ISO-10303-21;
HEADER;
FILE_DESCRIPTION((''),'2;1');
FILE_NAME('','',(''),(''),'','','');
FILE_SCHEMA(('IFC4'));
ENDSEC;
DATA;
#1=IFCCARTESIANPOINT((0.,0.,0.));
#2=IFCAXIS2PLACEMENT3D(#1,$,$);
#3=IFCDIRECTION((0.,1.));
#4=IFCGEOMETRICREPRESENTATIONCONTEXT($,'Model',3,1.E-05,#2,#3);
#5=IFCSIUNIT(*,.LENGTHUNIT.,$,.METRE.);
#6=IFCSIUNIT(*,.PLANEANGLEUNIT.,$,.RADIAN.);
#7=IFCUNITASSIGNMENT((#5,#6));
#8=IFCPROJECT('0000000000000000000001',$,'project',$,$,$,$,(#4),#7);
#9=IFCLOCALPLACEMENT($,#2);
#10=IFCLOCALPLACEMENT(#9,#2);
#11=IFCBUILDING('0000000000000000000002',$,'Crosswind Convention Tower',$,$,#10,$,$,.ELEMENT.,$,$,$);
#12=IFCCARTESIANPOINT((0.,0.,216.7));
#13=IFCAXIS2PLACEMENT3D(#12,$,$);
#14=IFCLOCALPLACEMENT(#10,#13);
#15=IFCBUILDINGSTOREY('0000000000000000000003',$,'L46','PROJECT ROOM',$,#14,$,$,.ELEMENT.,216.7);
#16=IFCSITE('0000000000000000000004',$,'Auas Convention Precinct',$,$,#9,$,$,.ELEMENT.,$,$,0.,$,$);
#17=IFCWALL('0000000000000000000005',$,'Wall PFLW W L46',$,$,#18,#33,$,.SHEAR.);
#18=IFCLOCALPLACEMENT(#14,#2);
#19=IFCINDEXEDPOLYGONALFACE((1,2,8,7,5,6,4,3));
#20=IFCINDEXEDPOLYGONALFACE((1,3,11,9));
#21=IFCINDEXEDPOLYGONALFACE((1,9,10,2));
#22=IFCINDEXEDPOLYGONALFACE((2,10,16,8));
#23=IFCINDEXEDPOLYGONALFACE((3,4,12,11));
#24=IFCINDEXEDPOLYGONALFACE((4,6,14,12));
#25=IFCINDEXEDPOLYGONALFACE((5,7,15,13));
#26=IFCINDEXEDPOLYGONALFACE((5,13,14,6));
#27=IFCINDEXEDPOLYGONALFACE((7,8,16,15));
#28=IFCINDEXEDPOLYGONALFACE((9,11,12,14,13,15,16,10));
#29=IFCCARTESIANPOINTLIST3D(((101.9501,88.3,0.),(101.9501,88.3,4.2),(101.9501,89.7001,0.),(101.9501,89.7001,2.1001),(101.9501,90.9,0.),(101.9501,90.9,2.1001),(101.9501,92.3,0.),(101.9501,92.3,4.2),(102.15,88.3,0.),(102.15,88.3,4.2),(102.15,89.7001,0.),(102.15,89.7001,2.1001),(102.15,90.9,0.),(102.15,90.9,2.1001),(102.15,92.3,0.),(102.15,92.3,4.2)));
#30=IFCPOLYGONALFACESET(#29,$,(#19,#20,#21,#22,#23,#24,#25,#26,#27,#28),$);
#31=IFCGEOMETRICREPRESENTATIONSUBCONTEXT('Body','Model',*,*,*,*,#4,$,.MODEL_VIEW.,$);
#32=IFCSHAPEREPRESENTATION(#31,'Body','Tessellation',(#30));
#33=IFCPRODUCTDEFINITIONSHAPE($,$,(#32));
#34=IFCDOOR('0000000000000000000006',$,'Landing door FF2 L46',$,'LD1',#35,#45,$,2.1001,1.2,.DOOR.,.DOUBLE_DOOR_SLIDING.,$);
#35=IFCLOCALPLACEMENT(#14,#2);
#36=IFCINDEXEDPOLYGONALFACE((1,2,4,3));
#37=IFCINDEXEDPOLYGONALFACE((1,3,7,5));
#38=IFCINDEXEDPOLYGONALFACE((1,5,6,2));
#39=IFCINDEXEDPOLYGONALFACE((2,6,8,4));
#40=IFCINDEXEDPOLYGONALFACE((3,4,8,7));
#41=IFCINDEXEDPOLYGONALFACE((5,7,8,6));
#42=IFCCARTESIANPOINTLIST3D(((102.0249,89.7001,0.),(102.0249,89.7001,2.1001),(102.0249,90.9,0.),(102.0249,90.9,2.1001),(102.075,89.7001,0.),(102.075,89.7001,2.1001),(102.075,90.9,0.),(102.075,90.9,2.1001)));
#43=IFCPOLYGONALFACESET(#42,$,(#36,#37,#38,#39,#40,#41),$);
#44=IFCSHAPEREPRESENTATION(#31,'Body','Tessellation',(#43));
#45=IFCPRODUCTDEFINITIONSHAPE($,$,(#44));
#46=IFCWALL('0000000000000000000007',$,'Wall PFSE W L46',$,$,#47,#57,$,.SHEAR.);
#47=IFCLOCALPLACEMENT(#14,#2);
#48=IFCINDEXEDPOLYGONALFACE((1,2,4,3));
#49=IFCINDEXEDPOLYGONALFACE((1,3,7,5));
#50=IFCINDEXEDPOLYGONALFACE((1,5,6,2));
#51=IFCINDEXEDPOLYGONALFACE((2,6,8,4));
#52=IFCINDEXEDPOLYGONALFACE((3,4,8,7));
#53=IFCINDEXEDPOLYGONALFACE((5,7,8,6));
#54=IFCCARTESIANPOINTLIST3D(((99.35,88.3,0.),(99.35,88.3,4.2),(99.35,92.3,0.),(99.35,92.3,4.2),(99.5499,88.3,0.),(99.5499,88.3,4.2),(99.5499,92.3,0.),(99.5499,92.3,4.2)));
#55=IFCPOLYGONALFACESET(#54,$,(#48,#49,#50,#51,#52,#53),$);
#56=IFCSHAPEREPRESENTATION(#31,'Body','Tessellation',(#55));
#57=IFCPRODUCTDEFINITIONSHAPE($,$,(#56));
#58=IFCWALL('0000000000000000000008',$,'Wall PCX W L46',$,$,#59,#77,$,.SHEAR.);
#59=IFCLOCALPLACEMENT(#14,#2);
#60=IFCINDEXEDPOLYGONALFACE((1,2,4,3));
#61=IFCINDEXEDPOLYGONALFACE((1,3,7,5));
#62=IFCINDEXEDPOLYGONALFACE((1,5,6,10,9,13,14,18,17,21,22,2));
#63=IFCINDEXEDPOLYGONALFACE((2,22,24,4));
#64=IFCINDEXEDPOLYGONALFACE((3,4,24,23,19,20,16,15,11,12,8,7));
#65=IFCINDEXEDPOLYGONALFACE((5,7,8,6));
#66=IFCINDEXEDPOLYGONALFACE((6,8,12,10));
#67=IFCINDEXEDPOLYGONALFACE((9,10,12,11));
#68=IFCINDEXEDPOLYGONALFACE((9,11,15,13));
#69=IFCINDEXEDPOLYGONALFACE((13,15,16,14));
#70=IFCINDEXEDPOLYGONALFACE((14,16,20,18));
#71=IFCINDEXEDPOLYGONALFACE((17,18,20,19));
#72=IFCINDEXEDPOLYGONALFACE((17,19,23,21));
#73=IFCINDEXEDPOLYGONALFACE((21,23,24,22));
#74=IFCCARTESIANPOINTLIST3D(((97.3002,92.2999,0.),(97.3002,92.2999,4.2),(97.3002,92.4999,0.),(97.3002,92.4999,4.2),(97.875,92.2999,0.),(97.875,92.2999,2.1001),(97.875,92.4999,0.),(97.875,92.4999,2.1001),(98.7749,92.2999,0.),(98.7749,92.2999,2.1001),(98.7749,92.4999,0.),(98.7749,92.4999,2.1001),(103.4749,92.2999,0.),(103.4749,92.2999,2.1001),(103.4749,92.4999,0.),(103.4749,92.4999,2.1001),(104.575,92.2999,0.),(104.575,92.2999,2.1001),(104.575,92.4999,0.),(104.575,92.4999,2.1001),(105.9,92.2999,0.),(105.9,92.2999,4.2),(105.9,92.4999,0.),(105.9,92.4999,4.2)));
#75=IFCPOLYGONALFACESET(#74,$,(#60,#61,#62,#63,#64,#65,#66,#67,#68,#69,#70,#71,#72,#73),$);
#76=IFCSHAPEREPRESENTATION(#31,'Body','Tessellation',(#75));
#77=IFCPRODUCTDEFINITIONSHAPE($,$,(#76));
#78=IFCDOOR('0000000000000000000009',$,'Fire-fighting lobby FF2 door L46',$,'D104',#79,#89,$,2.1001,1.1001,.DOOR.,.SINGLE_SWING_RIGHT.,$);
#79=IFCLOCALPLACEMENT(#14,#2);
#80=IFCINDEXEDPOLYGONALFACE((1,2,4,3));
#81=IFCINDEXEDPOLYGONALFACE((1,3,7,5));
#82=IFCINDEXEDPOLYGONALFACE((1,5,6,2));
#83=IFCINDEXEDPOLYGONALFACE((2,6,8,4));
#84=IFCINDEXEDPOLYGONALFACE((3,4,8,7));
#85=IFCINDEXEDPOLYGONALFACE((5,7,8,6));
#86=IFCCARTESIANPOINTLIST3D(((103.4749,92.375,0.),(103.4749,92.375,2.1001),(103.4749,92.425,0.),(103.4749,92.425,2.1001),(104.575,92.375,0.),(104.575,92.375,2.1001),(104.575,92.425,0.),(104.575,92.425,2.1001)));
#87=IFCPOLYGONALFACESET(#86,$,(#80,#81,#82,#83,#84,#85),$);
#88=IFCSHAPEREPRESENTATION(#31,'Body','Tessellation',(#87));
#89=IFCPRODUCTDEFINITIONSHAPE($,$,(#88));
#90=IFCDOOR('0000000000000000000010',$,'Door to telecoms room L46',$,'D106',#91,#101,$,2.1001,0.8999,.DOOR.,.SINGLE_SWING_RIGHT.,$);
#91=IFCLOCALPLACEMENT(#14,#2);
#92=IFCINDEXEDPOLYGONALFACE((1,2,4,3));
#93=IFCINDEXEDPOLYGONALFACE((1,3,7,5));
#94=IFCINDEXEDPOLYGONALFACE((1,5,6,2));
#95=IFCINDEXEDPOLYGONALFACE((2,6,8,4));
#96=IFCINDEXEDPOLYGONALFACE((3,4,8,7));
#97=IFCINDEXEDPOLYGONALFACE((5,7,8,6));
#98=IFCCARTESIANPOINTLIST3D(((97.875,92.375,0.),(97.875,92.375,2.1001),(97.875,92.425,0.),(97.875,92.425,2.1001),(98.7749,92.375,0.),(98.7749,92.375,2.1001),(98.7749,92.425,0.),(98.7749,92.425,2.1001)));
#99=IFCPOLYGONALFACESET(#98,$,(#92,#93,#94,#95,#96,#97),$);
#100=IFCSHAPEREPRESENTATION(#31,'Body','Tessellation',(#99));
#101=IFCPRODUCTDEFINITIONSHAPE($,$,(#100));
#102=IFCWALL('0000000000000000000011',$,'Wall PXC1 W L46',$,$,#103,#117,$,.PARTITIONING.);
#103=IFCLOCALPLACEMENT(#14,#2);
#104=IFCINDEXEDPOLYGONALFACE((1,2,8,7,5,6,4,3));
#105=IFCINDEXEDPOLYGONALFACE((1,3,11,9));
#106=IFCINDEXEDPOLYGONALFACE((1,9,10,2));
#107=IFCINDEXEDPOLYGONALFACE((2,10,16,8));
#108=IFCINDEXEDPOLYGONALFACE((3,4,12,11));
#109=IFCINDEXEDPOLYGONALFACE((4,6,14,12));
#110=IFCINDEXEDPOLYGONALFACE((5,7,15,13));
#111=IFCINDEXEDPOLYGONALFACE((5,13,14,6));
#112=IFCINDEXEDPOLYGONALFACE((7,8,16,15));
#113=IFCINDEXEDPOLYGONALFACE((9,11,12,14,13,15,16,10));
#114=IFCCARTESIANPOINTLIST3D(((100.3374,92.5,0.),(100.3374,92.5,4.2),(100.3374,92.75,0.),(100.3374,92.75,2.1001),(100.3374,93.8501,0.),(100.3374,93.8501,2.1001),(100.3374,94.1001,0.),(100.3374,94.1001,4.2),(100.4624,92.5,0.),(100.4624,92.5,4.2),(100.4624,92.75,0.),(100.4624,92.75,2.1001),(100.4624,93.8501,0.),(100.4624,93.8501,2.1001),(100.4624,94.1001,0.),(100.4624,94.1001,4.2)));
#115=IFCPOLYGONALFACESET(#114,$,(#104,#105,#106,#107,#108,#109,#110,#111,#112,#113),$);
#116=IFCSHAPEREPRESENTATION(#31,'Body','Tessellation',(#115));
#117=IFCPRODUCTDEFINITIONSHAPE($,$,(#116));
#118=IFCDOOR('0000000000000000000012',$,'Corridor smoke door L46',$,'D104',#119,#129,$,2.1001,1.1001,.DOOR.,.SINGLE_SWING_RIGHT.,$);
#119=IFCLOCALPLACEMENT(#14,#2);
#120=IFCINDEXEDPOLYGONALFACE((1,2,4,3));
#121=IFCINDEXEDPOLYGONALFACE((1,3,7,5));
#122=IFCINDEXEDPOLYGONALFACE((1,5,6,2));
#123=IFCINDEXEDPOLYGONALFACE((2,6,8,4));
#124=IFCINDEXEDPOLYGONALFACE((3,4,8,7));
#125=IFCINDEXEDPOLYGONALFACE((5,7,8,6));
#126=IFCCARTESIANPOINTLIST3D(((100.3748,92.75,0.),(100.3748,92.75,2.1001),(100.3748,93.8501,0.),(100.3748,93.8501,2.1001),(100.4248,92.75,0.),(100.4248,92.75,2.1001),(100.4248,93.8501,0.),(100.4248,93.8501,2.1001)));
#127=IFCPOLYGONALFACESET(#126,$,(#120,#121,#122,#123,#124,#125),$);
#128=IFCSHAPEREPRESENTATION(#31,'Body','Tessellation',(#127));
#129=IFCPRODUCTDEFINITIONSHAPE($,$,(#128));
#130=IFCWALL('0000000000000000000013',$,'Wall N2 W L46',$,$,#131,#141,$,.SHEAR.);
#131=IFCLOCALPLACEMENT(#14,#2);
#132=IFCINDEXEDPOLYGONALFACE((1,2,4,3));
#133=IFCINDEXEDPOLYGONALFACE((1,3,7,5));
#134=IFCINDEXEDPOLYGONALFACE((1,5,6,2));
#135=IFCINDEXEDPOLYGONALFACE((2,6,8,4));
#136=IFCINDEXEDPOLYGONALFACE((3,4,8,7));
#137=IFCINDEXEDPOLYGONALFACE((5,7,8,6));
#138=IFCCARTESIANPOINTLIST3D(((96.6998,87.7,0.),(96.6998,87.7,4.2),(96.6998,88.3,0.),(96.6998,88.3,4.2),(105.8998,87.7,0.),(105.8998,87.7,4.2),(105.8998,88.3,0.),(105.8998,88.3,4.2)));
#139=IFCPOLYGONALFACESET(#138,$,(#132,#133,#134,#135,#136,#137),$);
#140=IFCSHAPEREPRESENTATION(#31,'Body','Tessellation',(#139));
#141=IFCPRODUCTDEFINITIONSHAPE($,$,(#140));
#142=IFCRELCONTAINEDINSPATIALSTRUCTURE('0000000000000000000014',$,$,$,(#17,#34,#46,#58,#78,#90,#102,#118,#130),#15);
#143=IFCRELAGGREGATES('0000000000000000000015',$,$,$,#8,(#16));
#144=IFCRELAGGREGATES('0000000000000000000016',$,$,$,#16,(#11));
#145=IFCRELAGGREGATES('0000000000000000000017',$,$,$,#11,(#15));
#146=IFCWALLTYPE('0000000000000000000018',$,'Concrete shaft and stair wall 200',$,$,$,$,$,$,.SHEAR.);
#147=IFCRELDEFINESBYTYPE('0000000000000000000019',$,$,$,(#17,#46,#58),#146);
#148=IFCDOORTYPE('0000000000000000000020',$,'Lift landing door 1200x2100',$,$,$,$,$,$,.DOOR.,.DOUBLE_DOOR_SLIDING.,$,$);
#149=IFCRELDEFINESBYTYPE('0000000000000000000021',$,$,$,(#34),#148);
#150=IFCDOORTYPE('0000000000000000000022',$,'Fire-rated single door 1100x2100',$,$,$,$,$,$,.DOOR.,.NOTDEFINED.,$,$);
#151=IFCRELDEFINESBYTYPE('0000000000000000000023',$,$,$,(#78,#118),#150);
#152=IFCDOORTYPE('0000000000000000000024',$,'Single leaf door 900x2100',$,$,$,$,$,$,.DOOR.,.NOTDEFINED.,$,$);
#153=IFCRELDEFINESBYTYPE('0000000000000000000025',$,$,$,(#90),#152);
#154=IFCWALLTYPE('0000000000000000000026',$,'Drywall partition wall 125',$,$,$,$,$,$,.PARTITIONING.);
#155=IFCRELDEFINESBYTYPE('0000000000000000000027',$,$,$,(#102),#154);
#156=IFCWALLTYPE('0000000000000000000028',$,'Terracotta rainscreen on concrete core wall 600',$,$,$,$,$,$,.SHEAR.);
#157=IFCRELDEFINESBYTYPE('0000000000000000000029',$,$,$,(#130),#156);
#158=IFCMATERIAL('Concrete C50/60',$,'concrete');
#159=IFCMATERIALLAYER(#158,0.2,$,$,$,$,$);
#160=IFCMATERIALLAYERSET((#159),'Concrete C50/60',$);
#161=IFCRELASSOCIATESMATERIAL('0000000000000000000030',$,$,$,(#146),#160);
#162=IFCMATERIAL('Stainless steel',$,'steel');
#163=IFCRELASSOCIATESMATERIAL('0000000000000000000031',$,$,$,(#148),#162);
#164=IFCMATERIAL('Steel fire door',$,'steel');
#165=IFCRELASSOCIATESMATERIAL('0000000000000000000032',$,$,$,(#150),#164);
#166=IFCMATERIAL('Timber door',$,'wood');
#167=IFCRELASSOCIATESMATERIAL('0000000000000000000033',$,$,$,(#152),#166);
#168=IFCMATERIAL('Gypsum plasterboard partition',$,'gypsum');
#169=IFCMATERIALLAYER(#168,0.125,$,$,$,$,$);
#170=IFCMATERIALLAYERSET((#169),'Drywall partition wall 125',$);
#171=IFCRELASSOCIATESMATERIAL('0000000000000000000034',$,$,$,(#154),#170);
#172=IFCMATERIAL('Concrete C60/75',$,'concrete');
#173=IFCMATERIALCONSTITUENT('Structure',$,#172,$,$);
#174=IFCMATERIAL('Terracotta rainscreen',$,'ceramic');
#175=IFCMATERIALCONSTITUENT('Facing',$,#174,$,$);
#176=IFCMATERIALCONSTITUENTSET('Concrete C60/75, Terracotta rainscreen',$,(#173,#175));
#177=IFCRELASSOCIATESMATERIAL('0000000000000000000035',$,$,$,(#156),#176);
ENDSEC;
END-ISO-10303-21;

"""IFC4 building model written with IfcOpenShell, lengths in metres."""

from ifc_helpers import new_model, si_unit, direction, frame, frame_2d, origin, place, context, subcontext, project, spatial, rectangle, extrude, material, layer, layer_set, constituent, constituent_set, type_object, element, fill, save


model = new_model("IFC4")

# Units and contexts
model_context = context("Model", 3, precision=1e-05, world=origin(), true_north=direction((0.0, 1.0)))
body_context = subcontext(model_context, "Body", "Model", "MODEL_VIEW")
ifc_project = project(units=[si_unit("LENGTHUNIT", "METRE"), si_unit("PLANEANGLEUNIT", "RADIAN")], contexts=[model_context])

# Site, building, storey
site_placement = place(None, origin())
site = spatial("IfcSite", under=ifc_project, at=site_placement, Name="Auas Convention Precinct", CompositionType="ELEMENT", RefElevation=0.0)
building_placement = place(site_placement, origin())
building = spatial("IfcBuilding", under=site, at=building_placement, Name="Crosswind Convention Tower", CompositionType="ELEMENT")
storey_placement = place(building_placement, frame((0.0, 0.0, 216.7)))
storey = spatial("IfcBuildingStorey", under=building, at=storey_placement, Name="L46", Description="PROJECT ROOM", CompositionType="ELEMENT", Elevation=216.7)

# Shared definitions
ifc_material_1 = material(Name="Concrete C50/60", Category="concrete")
ifc_layer_1 = layer(ifc_material_1, 0.2)
ifc_layer_set_1 = layer_set([ifc_layer_1], Name="Concrete C50/60")
wall_type_1 = type_object("IfcWallType", Name="Concrete shaft and stair wall 200", PredefinedType="SHEAR", material=ifc_layer_set_1)

# Wall, opening, door
wall_1_placement = place(storey_placement, frame((102.05, 92.3, 0.0), z_axis=(0.0, 0.0, 1.0), x_axis=(0.0, -1.0, 0.0)))
wall_1 = element("IfcWall", 1, at=wall_1_placement, inside=storey, type_object=wall_type_1, Name="Wall PFLW W L46", PredefinedType="SHEAR", context=body_context, shape_type="SweptSolid", body=[
    extrude(rectangle(XDim=4.0, YDim=0.2, at=frame_2d((2.0, 0.0))), origin(), (0.0, 0.0, 1.0), 4.2),
])
opening_1_placement = place(wall_1_placement, frame((1.3999, 0.0, 0.0)))
opening_1 = element("IfcOpeningElement", 2, at=opening_1_placement, cuts=wall_1, PredefinedType="OPENING", context=body_context, shape_type="SweptSolid", body=[
    extrude(rectangle(XDim=1.2, YDim=2.1001, at=frame_2d((0.6001, 1.05))), frame((0.0, 0.1099, 0.0), z_axis=(0.0, -1.0, 0.0), x_axis=(1.0, 0.0, 0.0)), (0.0, 0.0, 1.0), 0.22),
])
ifc_material_2 = material(Name="Stainless steel", Category="steel")
door_type_1 = type_object("IfcDoorType", Name="Lift landing door 1200x2100", OperationType="DOUBLE_DOOR_SLIDING", PredefinedType="DOOR", material=ifc_material_2)
door_1_placement = place(opening_1_placement, origin())
door_1 = element("IfcDoor", 3, at=door_1_placement, inside=storey, type_object=door_type_1, Name="Landing door FF2 L46", ObjectType="LD1", OperationType="DOUBLE_DOOR_SLIDING", OverallHeight=2.1001, OverallWidth=1.2, PredefinedType="DOOR", context=body_context, shape_type="SweptSolid", body=[
    extrude(rectangle(XDim=1.2, YDim=2.1001, at=frame_2d((0.6001, 1.05))), frame((0.0, 0.0249, 0.0), z_axis=(0.0, -1.0, 0.0), x_axis=(1.0, 0.0, 0.0)), (0.0, 0.0, 1.0), 0.05),
])
fill(opening_1, door_1)

# Wall
wall_2_placement = place(storey_placement, frame((99.45, 92.3, 0.0), z_axis=(0.0, 0.0, 1.0), x_axis=(0.0, -1.0, 0.0)))
element("IfcWall", 4, at=wall_2_placement, inside=storey, type_object=wall_type_1, Name="Wall PFSE W L46", PredefinedType="SHEAR", context=body_context, shape_type="SweptSolid", body=[
    extrude(rectangle(XDim=4.0, YDim=0.2, at=frame_2d((2.0, 0.0))), origin(), (0.0, 0.0, 1.0), 4.2),
])

# Wall, openings, doors
wall_3_placement = place(storey_placement, frame((105.8999, 92.3999, 0.0), z_axis=(0.0, 0.0, 1.0), x_axis=(-1.0, 0.0, 0.0)))
wall_3 = element("IfcWall", 5, at=wall_3_placement, inside=storey, type_object=wall_type_1, Name="Wall PCX W L46", PredefinedType="SHEAR", context=body_context, shape_type="SweptSolid", body=[
    extrude(rectangle(XDim=8.5999, YDim=0.2, at=frame_2d((4.2998, 0.0))), origin(), (0.0, 0.0, 1.0), 4.2),
])
opening_2_placement = place(wall_3_placement, frame((1.325, 0.0, 0.0)))
opening_2 = element("IfcOpeningElement", 6, at=opening_2_placement, cuts=wall_3, PredefinedType="OPENING", context=body_context, shape_type="SweptSolid", body=[
    extrude(rectangle(XDim=1.1001, YDim=2.1001, at=frame_2d((0.55, 1.05))), frame((0.0, 0.1099, 0.0), z_axis=(0.0, -1.0, 0.0), x_axis=(1.0, 0.0, 0.0)), (0.0, 0.0, 1.0), 0.22),
])
opening_3_placement = place(wall_3_placement, frame((7.125, 0.0, 0.0)))
opening_3 = element("IfcOpeningElement", 7, at=opening_3_placement, cuts=wall_3, PredefinedType="OPENING", context=body_context, shape_type="SweptSolid", body=[
    extrude(rectangle(XDim=0.8999, YDim=2.1001, at=frame_2d((0.45, 1.05))), frame((0.0, 0.1099, 0.0), z_axis=(0.0, -1.0, 0.0), x_axis=(1.0, 0.0, 0.0)), (0.0, 0.0, 1.0), 0.22),
])
ifc_material_3 = material(Name="Steel fire door", Category="steel")
door_type_2 = type_object("IfcDoorType", Name="Fire-rated single door 1100x2100", OperationType="NOTDEFINED", PredefinedType="DOOR", material=ifc_material_3)
door_2_placement = place(opening_2_placement, origin())
door_2 = element("IfcDoor", 8, at=door_2_placement, inside=storey, type_object=door_type_2, Name="Fire-fighting lobby FF2 door L46", ObjectType="D104", OperationType="SINGLE_SWING_RIGHT", OverallHeight=2.1001, OverallWidth=1.1001, PredefinedType="DOOR", context=body_context, shape_type="SweptSolid", body=[
    extrude(rectangle(XDim=1.1001, YDim=2.1001, at=frame_2d((0.55, 1.05))), frame((0.0, 0.0249, 0.0), z_axis=(0.0, -1.0, 0.0), x_axis=(1.0, 0.0, 0.0)), (0.0, 0.0, 1.0), 0.05),
])
fill(opening_2, door_2)
ifc_material_4 = material(Name="Timber door", Category="wood")
door_type_3 = type_object("IfcDoorType", Name="Single leaf door 900x2100", OperationType="NOTDEFINED", PredefinedType="DOOR", material=ifc_material_4)
door_3_placement = place(opening_3_placement, origin())
door_3 = element("IfcDoor", 9, at=door_3_placement, inside=storey, type_object=door_type_3, Name="Door to telecoms room L46", ObjectType="D106", OperationType="SINGLE_SWING_RIGHT", OverallHeight=2.1001, OverallWidth=0.8999, PredefinedType="DOOR", context=body_context, shape_type="SweptSolid", body=[
    extrude(rectangle(XDim=0.8999, YDim=2.1001, at=frame_2d((0.45, 1.05))), frame((0.0, 0.0249, 0.0), z_axis=(0.0, -1.0, 0.0), x_axis=(1.0, 0.0, 0.0)), (0.0, 0.0, 1.0), 0.05),
])
fill(opening_3, door_3)

# Wall, opening, door
ifc_material_5 = material(Name="Gypsum plasterboard partition", Category="gypsum")
ifc_layer_2 = layer(ifc_material_5, 0.125)
ifc_layer_set_2 = layer_set([ifc_layer_2], Name="Drywall partition wall 125")
wall_type_2 = type_object("IfcWallType", Name="Drywall partition wall 125", PredefinedType="PARTITIONING", material=ifc_layer_set_2)
wall_4_placement = place(storey_placement, frame((100.3999, 94.1001, 0.0), z_axis=(0.0, 0.0, 1.0), x_axis=(0.0, -1.0, 0.0)))
wall_4 = element("IfcWall", 10, at=wall_4_placement, inside=storey, type_object=wall_type_2, Name="Wall PXC1 W L46", PredefinedType="PARTITIONING", context=body_context, shape_type="SweptSolid", body=[
    extrude(rectangle(XDim=1.6001, YDim=0.125, at=frame_2d((0.8, 0.0))), origin(), (0.0, 0.0, 1.0), 4.2),
])
opening_4_placement = place(wall_4_placement, frame((0.25, 0.0, 0.0)))
opening_4 = element("IfcOpeningElement", 11, at=opening_4_placement, cuts=wall_4, PredefinedType="OPENING", context=body_context, shape_type="SweptSolid", body=[
    extrude(rectangle(XDim=1.1001, YDim=2.1001, at=frame_2d((0.55, 1.05))), frame((0.0, 0.0725, 0.0), z_axis=(0.0, -1.0, 0.0), x_axis=(1.0, 0.0, 0.0)), (0.0, 0.0, 1.0), 0.145),
])
door_4_placement = place(opening_4_placement, origin())
door_4 = element("IfcDoor", 12, at=door_4_placement, inside=storey, type_object=door_type_2, Name="Corridor smoke door L46", ObjectType="D104", OperationType="SINGLE_SWING_RIGHT", OverallHeight=2.1001, OverallWidth=1.1001, PredefinedType="DOOR", context=body_context, shape_type="SweptSolid", body=[
    extrude(rectangle(XDim=1.1001, YDim=2.1001, at=frame_2d((0.55, 1.05))), frame((0.0, 0.0249, 0.0), z_axis=(0.0, -1.0, 0.0), x_axis=(1.0, 0.0, 0.0)), (0.0, 0.0, 1.0), 0.05),
])
fill(opening_4, door_4)

# Wall
ifc_material_6 = material(Name="Concrete C60/75", Category="concrete")
ifc_constituent_1 = constituent(ifc_material_6, Name="Structure")
ifc_material_7 = material(Name="Terracotta rainscreen", Category="ceramic")
ifc_constituent_2 = constituent(ifc_material_7, Name="Facing")
ifc_constituent_set = constituent_set(constituents=[ifc_constituent_1, ifc_constituent_2], Name="Concrete C60/75, Terracotta rainscreen")
wall_type_3 = type_object("IfcWallType", Name="Terracotta rainscreen on concrete core wall 600", PredefinedType="SHEAR", material=ifc_constituent_set)
wall_5_placement = place(storey_placement, frame((105.8999, 88.0, 0.0), z_axis=(0.0, 0.0, 1.0), x_axis=(-1.0, 0.0, 0.0)))
element("IfcWall", 13, at=wall_5_placement, inside=storey, type_object=wall_type_3, Name="Wall N2 W L46", PredefinedType="SHEAR", context=body_context, shape_type="SweptSolid", body=[
    extrude(rectangle(XDim=9.2, YDim=0.6001, at=frame_2d((4.6001, 0.0))), origin(), (0.0, 0.0, 1.0), 4.2),
])

save(model, "model.ifc")
